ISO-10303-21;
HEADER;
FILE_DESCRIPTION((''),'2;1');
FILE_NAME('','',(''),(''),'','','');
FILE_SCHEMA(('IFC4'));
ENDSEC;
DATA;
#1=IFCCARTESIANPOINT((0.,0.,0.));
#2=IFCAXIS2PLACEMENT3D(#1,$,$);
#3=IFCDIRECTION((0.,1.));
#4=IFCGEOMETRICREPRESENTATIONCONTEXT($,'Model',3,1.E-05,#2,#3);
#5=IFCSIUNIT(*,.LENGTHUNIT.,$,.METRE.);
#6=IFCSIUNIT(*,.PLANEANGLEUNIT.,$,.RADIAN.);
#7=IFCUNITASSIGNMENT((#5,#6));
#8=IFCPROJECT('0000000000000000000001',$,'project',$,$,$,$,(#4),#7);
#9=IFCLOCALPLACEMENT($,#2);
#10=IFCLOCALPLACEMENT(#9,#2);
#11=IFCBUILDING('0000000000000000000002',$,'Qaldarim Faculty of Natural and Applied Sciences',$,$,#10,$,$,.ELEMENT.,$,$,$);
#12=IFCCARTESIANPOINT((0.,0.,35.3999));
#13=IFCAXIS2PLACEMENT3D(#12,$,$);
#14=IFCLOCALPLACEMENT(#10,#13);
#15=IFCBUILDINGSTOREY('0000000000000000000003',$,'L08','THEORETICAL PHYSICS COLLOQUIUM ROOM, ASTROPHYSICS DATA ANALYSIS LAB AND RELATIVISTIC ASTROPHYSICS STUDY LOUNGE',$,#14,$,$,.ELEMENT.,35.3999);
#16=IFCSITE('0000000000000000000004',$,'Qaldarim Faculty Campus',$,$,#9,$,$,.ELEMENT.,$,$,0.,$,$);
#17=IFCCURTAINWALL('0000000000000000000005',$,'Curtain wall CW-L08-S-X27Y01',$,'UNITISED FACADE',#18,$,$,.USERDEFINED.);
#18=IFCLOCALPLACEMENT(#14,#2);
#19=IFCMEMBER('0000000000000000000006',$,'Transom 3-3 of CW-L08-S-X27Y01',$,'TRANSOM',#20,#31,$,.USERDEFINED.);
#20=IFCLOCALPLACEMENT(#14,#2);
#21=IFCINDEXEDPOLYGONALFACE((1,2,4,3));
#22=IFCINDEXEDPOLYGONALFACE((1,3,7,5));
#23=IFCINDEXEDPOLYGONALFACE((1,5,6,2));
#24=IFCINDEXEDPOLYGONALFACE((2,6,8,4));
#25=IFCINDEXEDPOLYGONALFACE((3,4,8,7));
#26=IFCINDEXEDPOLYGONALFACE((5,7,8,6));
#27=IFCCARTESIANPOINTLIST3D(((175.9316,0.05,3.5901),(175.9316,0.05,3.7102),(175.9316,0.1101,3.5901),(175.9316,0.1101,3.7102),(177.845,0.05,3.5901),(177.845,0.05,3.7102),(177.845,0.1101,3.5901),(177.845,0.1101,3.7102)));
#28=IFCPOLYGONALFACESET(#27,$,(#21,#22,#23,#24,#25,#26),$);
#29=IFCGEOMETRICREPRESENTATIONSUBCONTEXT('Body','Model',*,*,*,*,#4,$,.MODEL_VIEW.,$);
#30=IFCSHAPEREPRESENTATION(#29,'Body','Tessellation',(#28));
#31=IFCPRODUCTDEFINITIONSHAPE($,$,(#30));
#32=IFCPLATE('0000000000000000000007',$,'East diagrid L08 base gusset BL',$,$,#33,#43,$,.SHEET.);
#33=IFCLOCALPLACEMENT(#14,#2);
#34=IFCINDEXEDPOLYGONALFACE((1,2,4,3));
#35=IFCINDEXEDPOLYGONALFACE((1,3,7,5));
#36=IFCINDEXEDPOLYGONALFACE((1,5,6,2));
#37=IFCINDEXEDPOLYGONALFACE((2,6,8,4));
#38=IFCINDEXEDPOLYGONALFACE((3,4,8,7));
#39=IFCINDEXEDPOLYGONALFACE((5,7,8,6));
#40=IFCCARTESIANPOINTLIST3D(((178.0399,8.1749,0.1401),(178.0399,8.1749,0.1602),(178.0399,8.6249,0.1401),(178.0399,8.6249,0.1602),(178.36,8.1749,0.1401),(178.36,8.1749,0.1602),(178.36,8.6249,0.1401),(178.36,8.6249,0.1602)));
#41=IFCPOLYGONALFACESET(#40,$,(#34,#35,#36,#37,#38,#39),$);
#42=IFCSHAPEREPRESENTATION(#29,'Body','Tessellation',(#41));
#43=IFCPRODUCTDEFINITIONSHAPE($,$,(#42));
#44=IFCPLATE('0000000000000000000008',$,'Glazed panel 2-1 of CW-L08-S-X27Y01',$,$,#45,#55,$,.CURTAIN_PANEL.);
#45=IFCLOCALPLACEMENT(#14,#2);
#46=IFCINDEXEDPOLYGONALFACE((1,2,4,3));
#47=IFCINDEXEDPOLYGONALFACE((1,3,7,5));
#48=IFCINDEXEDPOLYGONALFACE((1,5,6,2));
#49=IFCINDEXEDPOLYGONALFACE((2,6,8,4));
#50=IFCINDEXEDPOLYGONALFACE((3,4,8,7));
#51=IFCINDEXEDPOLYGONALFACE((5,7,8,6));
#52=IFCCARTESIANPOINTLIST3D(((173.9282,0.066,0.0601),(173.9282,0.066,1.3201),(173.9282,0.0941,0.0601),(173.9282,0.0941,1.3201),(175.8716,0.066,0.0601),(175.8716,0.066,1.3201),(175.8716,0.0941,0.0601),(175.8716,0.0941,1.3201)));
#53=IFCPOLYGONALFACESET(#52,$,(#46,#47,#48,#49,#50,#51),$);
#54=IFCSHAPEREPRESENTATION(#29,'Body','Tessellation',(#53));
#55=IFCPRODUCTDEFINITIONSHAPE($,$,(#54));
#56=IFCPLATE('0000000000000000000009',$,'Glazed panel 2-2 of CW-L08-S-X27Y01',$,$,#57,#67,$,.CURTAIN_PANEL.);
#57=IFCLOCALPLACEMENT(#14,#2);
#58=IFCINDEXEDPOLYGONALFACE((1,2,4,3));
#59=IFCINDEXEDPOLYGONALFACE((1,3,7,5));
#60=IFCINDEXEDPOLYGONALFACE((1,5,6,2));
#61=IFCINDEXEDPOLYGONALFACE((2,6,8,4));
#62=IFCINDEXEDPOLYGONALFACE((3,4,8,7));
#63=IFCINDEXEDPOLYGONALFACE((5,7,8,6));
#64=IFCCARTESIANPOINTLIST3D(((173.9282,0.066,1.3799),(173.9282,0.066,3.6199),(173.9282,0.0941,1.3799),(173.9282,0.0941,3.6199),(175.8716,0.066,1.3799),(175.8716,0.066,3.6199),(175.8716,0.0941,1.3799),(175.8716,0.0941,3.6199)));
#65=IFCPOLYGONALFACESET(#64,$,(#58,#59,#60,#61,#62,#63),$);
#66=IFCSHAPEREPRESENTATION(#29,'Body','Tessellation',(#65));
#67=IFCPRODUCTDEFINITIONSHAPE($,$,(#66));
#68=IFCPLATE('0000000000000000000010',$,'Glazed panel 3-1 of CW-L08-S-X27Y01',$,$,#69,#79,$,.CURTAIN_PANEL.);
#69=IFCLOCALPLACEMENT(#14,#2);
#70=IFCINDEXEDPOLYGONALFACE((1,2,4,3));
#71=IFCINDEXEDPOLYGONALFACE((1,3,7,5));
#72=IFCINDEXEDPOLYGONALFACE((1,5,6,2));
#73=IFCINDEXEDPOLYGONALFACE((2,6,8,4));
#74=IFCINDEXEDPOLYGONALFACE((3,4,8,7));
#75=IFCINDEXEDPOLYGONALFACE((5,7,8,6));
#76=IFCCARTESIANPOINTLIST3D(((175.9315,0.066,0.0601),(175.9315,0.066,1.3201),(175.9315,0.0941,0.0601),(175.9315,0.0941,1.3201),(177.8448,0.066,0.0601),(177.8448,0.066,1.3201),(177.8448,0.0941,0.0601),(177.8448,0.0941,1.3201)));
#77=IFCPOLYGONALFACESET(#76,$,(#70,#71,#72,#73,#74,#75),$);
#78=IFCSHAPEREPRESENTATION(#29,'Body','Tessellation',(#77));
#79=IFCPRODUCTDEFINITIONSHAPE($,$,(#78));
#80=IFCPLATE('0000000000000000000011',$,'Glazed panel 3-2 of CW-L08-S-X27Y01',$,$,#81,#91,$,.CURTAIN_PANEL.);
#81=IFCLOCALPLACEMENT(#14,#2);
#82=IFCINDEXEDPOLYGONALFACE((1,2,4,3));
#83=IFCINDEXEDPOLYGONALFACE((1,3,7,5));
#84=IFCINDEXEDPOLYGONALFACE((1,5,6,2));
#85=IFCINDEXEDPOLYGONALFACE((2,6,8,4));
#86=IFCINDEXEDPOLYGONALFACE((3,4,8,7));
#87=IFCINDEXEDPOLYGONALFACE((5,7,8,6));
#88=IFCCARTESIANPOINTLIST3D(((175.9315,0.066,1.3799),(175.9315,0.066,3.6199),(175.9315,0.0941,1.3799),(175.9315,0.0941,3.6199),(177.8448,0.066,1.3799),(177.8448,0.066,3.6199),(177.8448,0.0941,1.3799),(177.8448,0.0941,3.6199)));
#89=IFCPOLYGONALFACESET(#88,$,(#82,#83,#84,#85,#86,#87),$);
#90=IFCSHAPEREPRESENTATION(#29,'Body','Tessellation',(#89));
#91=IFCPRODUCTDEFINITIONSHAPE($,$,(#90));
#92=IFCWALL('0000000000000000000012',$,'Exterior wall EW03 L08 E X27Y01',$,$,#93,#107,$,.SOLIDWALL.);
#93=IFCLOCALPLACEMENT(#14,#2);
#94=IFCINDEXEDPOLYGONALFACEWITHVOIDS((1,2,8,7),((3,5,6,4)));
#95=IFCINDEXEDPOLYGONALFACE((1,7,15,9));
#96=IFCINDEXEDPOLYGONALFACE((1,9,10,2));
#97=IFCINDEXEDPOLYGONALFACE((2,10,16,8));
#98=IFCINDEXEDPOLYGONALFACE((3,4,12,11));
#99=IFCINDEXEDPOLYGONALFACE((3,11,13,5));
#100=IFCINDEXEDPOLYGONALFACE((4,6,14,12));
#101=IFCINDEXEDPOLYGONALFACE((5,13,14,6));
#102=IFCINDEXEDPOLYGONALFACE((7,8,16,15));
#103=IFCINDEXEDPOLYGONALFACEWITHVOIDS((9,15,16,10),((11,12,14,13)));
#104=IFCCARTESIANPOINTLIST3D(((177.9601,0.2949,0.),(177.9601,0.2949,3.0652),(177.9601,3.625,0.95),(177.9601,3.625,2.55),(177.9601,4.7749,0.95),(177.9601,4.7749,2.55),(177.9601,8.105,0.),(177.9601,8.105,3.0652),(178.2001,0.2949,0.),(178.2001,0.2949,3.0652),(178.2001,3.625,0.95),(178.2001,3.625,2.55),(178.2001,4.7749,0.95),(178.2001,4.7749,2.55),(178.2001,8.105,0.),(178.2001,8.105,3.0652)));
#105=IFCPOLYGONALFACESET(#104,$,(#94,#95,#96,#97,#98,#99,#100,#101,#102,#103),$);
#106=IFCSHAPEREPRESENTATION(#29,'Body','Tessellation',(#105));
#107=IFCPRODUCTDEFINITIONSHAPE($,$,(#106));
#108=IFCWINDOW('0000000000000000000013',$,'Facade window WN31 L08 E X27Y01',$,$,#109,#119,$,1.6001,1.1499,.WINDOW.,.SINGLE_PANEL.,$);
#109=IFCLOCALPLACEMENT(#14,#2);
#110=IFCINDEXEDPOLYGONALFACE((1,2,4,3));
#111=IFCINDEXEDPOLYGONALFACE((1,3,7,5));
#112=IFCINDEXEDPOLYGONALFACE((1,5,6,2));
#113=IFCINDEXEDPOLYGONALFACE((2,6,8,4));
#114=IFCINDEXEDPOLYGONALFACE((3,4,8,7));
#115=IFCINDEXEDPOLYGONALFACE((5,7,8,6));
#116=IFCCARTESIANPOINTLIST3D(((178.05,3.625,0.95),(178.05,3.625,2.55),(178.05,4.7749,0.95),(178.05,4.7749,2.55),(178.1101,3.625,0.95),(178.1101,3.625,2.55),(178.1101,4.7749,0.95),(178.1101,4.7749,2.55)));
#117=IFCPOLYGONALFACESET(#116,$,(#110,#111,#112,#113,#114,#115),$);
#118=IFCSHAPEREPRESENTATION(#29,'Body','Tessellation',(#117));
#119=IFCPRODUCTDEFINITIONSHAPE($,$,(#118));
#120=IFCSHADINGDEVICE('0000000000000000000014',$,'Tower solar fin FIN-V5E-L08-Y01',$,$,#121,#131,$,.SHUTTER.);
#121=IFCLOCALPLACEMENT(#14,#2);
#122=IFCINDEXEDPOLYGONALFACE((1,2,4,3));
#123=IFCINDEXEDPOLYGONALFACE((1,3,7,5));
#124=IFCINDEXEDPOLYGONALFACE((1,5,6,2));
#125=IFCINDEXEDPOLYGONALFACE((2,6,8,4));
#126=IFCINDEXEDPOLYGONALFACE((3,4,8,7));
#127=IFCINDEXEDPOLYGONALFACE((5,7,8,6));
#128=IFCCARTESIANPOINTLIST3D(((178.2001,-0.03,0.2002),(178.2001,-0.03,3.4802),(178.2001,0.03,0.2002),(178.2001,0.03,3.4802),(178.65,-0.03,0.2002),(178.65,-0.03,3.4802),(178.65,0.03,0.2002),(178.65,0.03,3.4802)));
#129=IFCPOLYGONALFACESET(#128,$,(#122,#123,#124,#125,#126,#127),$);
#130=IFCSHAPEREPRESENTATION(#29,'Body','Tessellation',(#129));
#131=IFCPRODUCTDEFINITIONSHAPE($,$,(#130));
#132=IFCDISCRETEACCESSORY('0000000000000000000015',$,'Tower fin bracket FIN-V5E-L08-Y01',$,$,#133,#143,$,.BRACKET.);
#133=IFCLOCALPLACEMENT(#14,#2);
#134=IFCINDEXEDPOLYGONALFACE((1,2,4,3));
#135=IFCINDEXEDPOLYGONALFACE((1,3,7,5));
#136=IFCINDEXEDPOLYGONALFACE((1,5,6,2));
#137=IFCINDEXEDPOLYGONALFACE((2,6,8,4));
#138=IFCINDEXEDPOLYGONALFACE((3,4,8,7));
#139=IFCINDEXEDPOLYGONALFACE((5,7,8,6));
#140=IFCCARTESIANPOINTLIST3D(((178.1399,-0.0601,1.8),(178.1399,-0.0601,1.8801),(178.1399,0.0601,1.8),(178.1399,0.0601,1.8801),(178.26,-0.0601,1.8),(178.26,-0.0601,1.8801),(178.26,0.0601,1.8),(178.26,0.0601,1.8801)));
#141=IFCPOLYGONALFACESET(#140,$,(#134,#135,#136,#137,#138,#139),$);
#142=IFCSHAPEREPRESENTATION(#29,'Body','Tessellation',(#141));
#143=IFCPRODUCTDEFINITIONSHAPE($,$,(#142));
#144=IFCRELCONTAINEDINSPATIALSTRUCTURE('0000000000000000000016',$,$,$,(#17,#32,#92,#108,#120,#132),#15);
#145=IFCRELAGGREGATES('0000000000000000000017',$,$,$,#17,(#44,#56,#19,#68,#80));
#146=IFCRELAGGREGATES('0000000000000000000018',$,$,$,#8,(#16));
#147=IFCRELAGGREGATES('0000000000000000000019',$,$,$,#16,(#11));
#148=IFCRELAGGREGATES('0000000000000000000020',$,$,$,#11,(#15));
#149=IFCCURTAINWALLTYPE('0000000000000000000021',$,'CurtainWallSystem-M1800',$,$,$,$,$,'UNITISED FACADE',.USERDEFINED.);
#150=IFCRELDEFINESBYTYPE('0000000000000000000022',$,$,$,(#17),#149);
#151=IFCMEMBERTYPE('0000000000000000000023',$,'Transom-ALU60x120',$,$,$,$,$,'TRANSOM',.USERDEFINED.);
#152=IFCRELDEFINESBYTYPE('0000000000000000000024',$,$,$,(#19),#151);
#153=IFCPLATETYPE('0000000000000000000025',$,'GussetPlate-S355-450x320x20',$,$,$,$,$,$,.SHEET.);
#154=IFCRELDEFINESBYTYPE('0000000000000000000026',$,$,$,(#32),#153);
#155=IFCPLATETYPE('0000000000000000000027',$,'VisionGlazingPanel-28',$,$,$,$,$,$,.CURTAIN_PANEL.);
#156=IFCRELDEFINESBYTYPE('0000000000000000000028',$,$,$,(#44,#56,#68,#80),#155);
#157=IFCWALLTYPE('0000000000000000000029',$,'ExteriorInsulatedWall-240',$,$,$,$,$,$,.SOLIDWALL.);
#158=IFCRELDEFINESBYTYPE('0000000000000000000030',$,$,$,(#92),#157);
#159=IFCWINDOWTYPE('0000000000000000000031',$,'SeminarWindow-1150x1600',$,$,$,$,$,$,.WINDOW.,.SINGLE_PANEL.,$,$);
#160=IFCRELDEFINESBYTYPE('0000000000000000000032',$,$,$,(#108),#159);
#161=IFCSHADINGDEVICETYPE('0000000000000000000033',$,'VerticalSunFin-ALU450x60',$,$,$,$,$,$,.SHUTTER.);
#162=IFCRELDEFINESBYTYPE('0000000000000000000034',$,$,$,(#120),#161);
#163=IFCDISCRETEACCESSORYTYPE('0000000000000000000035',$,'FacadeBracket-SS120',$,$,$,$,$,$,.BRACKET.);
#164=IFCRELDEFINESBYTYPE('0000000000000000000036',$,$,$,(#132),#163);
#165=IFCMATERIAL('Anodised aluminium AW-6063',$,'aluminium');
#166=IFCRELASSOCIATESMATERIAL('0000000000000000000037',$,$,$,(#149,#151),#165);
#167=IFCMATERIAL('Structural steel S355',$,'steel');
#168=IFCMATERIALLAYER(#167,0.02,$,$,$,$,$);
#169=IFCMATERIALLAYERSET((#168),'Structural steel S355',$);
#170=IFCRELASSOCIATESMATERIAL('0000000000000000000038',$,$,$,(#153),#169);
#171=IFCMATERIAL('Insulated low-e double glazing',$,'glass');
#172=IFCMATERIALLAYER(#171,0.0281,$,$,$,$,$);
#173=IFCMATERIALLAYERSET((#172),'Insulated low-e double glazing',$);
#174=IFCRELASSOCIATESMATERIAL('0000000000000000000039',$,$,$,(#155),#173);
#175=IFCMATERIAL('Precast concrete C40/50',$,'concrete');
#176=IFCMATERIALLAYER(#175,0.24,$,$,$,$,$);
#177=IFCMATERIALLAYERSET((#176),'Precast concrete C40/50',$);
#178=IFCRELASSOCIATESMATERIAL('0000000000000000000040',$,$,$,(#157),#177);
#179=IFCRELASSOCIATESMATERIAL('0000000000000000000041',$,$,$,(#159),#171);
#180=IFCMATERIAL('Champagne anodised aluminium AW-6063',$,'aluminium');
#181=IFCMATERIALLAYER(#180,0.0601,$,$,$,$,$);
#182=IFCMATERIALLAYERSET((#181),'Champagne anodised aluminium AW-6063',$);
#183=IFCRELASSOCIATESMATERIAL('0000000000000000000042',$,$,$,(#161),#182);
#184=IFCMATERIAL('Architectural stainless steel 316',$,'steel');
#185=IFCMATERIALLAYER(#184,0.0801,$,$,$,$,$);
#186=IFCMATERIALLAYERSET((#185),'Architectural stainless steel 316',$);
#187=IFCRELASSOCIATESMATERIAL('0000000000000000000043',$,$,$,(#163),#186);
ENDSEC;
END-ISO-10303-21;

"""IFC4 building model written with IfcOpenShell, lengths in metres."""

from ifc_helpers import new_model, si_unit, direction, frame, frame_2d, origin, origin_2d, place, context, subcontext, project, spatial, rectangle, extrude, material, layer, layer_set, material_profile, profile_set, type_object, element, fill, aggregate, save


model = new_model("IFC4")

# Units and contexts
model_context = context("Model", 3, precision=1e-05, world=origin(), true_north=direction((0.0, 1.0)))
body_context = subcontext(model_context, "Body", "Model", "MODEL_VIEW")
ifc_project = project(units=[si_unit("LENGTHUNIT", "METRE"), si_unit("PLANEANGLEUNIT", "RADIAN")], contexts=[model_context])

# Site, building, storey
site_placement = place(None, origin())
site = spatial("IfcSite", under=ifc_project, at=site_placement, Name="Qaldarim Faculty Campus", CompositionType="ELEMENT", RefElevation=0.0)
building_placement = place(site_placement, origin())
building = spatial("IfcBuilding", under=site, at=building_placement, Name="Qaldarim Faculty of Natural and Applied Sciences", CompositionType="ELEMENT")
storey_placement = place(building_placement, frame((0.0, 0.0, 35.3999)))
storey = spatial("IfcBuildingStorey", under=building, at=storey_placement, Name="L08", Description="THEORETICAL PHYSICS COLLOQUIUM ROOM, ASTROPHYSICS DATA ANALYSIS LAB AND RELATIVISTIC ASTROPHYSICS STUDY LOUNGE", CompositionType="ELEMENT", Elevation=35.3999)

# Curtain wall
ifc_material_1 = material(Name="Anodised aluminium AW-6063", Category="aluminium")
curtain_wall_type = type_object("IfcCurtainWallType", Name="CurtainWallSystem-M1800", ElementType="UNITISED FACADE", PredefinedType="USERDEFINED", material=ifc_material_1)
curtain_wall_placement = place(storey_placement, origin())
curtain_wall = element("IfcCurtainWall", 1, at=curtain_wall_placement, inside=storey, type_object=curtain_wall_type, Name="Curtain wall CW-L08-S-X27Y01", ObjectType="UNITISED FACADE", PredefinedType="USERDEFINED")

# Shared definitions
ifc_material_2 = material(Name="Structural steel S355", Category="steel")

# Member
ifc_material_profile_1 = material_profile(ifc_material_1, rectangle(XDim=0.0601, YDim=0.1201, at=origin_2d()), Name="ALU-T60x120")
ifc_profile_set_1 = profile_set([ifc_material_profile_1], Name="Anodised aluminium AW-6063")
member_type_1 = type_object("IfcMemberType", Name="Transom-ALU60x120", ElementType="TRANSOM", PredefinedType="USERDEFINED", material=ifc_profile_set_1)
member_1_placement = place(storey_placement, frame((175.9316, 0.0801, 3.6501), z_axis=(1.0, 0.0, 0.0), x_axis=(0.0, 1.0, 0.0)))
member_1 = element("IfcMember", 2, at=member_1_placement, type_object=member_type_1, Name="Transom 3-3 of CW-L08-S-X27Y01", ObjectType="TRANSOM", PredefinedType="USERDEFINED", context=body_context, shape_type="SweptSolid", body=[
    extrude(rectangle(XDim=0.0601, YDim=0.1201, at=origin_2d()), origin(), (0.0, 0.0, 1.0), 1.9133),
])

# Plates
ifc_layer_1 = layer(ifc_material_2, 0.02)
ifc_layer_set_1 = layer_set([ifc_layer_1], Name="Structural steel S355")
plate_type_1 = type_object("IfcPlateType", Name="GussetPlate-S355-450x320x20", PredefinedType="SHEET", material=ifc_layer_set_1)
plate_1_placement = place(storey_placement, frame((178.2, 8.3999, 0.1401), z_axis=(0.0, 0.0, 1.0), x_axis=(0.0, 1.0, 0.0)))
element("IfcPlate", 3, at=plate_1_placement, inside=storey, type_object=plate_type_1, Name="East diagrid L08 base gusset BL", PredefinedType="SHEET", context=body_context, shape_type="SweptSolid", body=[
    extrude(rectangle(XDim=0.45, YDim=0.3201, at=origin_2d()), origin(), (0.0, 0.0, 1.0), 0.02),
])
ifc_material_3 = material(Name="Insulated low-e double glazing", Category="glass")
ifc_layer_2 = layer(ifc_material_3, 0.0281)
ifc_layer_set_2 = layer_set([ifc_layer_2], Name="Insulated low-e double glazing")
plate_type_2 = type_object("IfcPlateType", Name="VisionGlazingPanel-28", PredefinedType="CURTAIN_PANEL", material=ifc_layer_set_2)
plate_2_placement = place(storey_placement, frame((174.8999, 0.0801, 0.0601), z_axis=(0.0, 0.0, 1.0), x_axis=(1.0, 0.0, 0.0)))
plate_2 = element("IfcPlate", 4, at=plate_2_placement, type_object=plate_type_2, Name="Glazed panel 2-1 of CW-L08-S-X27Y01", PredefinedType="CURTAIN_PANEL", context=body_context, shape_type="SweptSolid", body=[
    extrude(rectangle(XDim=1.9434, YDim=0.0281, at=origin_2d()), origin(), (0.0, 0.0, 1.0), 1.26),
])
plate_3_placement = place(storey_placement, frame((174.8999, 0.0801, 1.3799), z_axis=(0.0, 0.0, 1.0), x_axis=(1.0, 0.0, 0.0)))
plate_3 = element("IfcPlate", 5, at=plate_3_placement, type_object=plate_type_2, Name="Glazed panel 2-2 of CW-L08-S-X27Y01", PredefinedType="CURTAIN_PANEL", context=body_context, shape_type="SweptSolid", body=[
    extrude(rectangle(XDim=1.9434, YDim=0.0281, at=origin_2d()), origin(), (0.0, 0.0, 1.0), 2.24),
])
plate_4_placement = place(storey_placement, frame((176.8882, 0.0801, 0.0601), z_axis=(0.0, 0.0, 1.0), x_axis=(1.0, 0.0, 0.0)))
plate_4 = element("IfcPlate", 6, at=plate_4_placement, type_object=plate_type_2, Name="Glazed panel 3-1 of CW-L08-S-X27Y01", PredefinedType="CURTAIN_PANEL", context=body_context, shape_type="SweptSolid", body=[
    extrude(rectangle(XDim=1.9133, YDim=0.0281, at=origin_2d()), origin(), (0.0, 0.0, 1.0), 1.26),
])
plate_5_placement = place(storey_placement, frame((176.8882, 0.0801, 1.3799), z_axis=(0.0, 0.0, 1.0), x_axis=(1.0, 0.0, 0.0)))
plate_5 = element("IfcPlate", 7, at=plate_5_placement, type_object=plate_type_2, Name="Glazed panel 3-2 of CW-L08-S-X27Y01", PredefinedType="CURTAIN_PANEL", context=body_context, shape_type="SweptSolid", body=[
    extrude(rectangle(XDim=1.9133, YDim=0.0281, at=origin_2d()), origin(), (0.0, 0.0, 1.0), 2.24),
])
aggregate(curtain_wall, [plate_2, plate_3, member_1, plate_4, plate_5])

# Wall, opening, window
ifc_material_4 = material(Name="Precast concrete C40/50", Category="concrete")
ifc_layer_3 = layer(ifc_material_4, 0.24)
ifc_layer_set_3 = layer_set([ifc_layer_3], Name="Precast concrete C40/50")
wall_type = type_object("IfcWallType", Name="ExteriorInsulatedWall-240", PredefinedType="SOLIDWALL", material=ifc_layer_set_3)
wall_placement = place(storey_placement, frame((178.0801, 0.2949, 0.0), z_axis=(0.0, 0.0, 1.0), x_axis=(0.0, 1.0, 0.0)))
wall = element("IfcWall", 8, at=wall_placement, inside=storey, type_object=wall_type, Name="Exterior wall EW03 L08 E X27Y01", PredefinedType="SOLIDWALL", context=body_context, shape_type="SweptSolid", body=[
    extrude(rectangle(XDim=7.8101, YDim=0.24, at=frame_2d((3.905, 0.0))), origin(), (0.0, 0.0, 1.0), 3.0652),
])
opening_placement = place(wall_placement, frame((3.3301, 0.0, 0.95)))
opening = element("IfcOpeningElement", 9, at=opening_placement, cuts=wall, PredefinedType="OPENING", context=body_context, shape_type="SweptSolid", body=[
    extrude(rectangle(XDim=1.1499, YDim=1.6001, at=frame_2d((0.575, 0.8))), frame((0.0, 0.1299, 0.0), z_axis=(0.0, -1.0, 0.0), x_axis=(1.0, 0.0, 0.0)), (0.0, 0.0, 1.0), 0.26),
])
window_type = type_object("IfcWindowType", Name="SeminarWindow-1150x1600", PartitioningType="SINGLE_PANEL", PredefinedType="WINDOW", material=ifc_material_3)
window_placement = place(opening_placement, origin())
window = element("IfcWindow", 10, at=window_placement, inside=storey, type_object=window_type, Name="Facade window WN31 L08 E X27Y01", OverallHeight=1.6001, OverallWidth=1.1499, PartitioningType="SINGLE_PANEL", PredefinedType="WINDOW", context=body_context, shape_type="SweptSolid", body=[
    extrude(rectangle(XDim=1.1499, YDim=1.6001, at=frame_2d((0.575, 0.8))), frame((0.0, 0.03, 0.0), z_axis=(0.0, -1.0, 0.0), x_axis=(1.0, 0.0, 0.0)), (0.0, 0.0, 1.0), 0.0601),
])
fill(opening, window)

# Shading device
ifc_material_5 = material(Name="Champagne anodised aluminium AW-6063", Category="aluminium")
ifc_layer_4 = layer(ifc_material_5, 0.0601)
ifc_layer_set_4 = layer_set([ifc_layer_4], Name="Champagne anodised aluminium AW-6063")
shading_device_type = type_object("IfcShadingDeviceType", Name="VerticalSunFin-ALU450x60", PredefinedType="SHUTTER", material=ifc_layer_set_4)
shading_device_placement = place(storey_placement, frame((178.425, 0.0, 0.2002), z_axis=(0.0, 0.0, 1.0), x_axis=(1.0, 0.0, 0.0)))
element("IfcShadingDevice", 11, at=shading_device_placement, inside=storey, type_object=shading_device_type, Name="Tower solar fin FIN-V5E-L08-Y01", PredefinedType="SHUTTER", context=body_context, shape_type="SweptSolid", body=[
    extrude(rectangle(XDim=0.45, YDim=0.0601, at=origin_2d()), origin(), (0.0, 0.0, 1.0), 3.28),
])

# Discrete accessory
ifc_material_6 = material(Name="Architectural stainless steel 316", Category="steel")
ifc_layer_5 = layer(ifc_material_6, 0.0801)
ifc_layer_set_5 = layer_set([ifc_layer_5], Name="Architectural stainless steel 316")
discrete_accessory_type = type_object("IfcDiscreteAccessoryType", Name="FacadeBracket-SS120", PredefinedType="BRACKET", material=ifc_layer_set_5)
discrete_accessory_placement = place(storey_placement, frame((178.2, 0.0, 1.8), z_axis=(0.0, 0.0, 1.0), x_axis=(1.0, 0.0, 0.0)))
element("IfcDiscreteAccessory", 12, at=discrete_accessory_placement, inside=storey, type_object=discrete_accessory_type, Name="Tower fin bracket FIN-V5E-L08-Y01", PredefinedType="BRACKET", context=body_context, shape_type="SweptSolid", body=[
    extrude(rectangle(XDim=0.1201, YDim=0.1201, at=origin_2d()), origin(), (0.0, 0.0, 1.0), 0.0801),
])

save(model, "model.ifc")
